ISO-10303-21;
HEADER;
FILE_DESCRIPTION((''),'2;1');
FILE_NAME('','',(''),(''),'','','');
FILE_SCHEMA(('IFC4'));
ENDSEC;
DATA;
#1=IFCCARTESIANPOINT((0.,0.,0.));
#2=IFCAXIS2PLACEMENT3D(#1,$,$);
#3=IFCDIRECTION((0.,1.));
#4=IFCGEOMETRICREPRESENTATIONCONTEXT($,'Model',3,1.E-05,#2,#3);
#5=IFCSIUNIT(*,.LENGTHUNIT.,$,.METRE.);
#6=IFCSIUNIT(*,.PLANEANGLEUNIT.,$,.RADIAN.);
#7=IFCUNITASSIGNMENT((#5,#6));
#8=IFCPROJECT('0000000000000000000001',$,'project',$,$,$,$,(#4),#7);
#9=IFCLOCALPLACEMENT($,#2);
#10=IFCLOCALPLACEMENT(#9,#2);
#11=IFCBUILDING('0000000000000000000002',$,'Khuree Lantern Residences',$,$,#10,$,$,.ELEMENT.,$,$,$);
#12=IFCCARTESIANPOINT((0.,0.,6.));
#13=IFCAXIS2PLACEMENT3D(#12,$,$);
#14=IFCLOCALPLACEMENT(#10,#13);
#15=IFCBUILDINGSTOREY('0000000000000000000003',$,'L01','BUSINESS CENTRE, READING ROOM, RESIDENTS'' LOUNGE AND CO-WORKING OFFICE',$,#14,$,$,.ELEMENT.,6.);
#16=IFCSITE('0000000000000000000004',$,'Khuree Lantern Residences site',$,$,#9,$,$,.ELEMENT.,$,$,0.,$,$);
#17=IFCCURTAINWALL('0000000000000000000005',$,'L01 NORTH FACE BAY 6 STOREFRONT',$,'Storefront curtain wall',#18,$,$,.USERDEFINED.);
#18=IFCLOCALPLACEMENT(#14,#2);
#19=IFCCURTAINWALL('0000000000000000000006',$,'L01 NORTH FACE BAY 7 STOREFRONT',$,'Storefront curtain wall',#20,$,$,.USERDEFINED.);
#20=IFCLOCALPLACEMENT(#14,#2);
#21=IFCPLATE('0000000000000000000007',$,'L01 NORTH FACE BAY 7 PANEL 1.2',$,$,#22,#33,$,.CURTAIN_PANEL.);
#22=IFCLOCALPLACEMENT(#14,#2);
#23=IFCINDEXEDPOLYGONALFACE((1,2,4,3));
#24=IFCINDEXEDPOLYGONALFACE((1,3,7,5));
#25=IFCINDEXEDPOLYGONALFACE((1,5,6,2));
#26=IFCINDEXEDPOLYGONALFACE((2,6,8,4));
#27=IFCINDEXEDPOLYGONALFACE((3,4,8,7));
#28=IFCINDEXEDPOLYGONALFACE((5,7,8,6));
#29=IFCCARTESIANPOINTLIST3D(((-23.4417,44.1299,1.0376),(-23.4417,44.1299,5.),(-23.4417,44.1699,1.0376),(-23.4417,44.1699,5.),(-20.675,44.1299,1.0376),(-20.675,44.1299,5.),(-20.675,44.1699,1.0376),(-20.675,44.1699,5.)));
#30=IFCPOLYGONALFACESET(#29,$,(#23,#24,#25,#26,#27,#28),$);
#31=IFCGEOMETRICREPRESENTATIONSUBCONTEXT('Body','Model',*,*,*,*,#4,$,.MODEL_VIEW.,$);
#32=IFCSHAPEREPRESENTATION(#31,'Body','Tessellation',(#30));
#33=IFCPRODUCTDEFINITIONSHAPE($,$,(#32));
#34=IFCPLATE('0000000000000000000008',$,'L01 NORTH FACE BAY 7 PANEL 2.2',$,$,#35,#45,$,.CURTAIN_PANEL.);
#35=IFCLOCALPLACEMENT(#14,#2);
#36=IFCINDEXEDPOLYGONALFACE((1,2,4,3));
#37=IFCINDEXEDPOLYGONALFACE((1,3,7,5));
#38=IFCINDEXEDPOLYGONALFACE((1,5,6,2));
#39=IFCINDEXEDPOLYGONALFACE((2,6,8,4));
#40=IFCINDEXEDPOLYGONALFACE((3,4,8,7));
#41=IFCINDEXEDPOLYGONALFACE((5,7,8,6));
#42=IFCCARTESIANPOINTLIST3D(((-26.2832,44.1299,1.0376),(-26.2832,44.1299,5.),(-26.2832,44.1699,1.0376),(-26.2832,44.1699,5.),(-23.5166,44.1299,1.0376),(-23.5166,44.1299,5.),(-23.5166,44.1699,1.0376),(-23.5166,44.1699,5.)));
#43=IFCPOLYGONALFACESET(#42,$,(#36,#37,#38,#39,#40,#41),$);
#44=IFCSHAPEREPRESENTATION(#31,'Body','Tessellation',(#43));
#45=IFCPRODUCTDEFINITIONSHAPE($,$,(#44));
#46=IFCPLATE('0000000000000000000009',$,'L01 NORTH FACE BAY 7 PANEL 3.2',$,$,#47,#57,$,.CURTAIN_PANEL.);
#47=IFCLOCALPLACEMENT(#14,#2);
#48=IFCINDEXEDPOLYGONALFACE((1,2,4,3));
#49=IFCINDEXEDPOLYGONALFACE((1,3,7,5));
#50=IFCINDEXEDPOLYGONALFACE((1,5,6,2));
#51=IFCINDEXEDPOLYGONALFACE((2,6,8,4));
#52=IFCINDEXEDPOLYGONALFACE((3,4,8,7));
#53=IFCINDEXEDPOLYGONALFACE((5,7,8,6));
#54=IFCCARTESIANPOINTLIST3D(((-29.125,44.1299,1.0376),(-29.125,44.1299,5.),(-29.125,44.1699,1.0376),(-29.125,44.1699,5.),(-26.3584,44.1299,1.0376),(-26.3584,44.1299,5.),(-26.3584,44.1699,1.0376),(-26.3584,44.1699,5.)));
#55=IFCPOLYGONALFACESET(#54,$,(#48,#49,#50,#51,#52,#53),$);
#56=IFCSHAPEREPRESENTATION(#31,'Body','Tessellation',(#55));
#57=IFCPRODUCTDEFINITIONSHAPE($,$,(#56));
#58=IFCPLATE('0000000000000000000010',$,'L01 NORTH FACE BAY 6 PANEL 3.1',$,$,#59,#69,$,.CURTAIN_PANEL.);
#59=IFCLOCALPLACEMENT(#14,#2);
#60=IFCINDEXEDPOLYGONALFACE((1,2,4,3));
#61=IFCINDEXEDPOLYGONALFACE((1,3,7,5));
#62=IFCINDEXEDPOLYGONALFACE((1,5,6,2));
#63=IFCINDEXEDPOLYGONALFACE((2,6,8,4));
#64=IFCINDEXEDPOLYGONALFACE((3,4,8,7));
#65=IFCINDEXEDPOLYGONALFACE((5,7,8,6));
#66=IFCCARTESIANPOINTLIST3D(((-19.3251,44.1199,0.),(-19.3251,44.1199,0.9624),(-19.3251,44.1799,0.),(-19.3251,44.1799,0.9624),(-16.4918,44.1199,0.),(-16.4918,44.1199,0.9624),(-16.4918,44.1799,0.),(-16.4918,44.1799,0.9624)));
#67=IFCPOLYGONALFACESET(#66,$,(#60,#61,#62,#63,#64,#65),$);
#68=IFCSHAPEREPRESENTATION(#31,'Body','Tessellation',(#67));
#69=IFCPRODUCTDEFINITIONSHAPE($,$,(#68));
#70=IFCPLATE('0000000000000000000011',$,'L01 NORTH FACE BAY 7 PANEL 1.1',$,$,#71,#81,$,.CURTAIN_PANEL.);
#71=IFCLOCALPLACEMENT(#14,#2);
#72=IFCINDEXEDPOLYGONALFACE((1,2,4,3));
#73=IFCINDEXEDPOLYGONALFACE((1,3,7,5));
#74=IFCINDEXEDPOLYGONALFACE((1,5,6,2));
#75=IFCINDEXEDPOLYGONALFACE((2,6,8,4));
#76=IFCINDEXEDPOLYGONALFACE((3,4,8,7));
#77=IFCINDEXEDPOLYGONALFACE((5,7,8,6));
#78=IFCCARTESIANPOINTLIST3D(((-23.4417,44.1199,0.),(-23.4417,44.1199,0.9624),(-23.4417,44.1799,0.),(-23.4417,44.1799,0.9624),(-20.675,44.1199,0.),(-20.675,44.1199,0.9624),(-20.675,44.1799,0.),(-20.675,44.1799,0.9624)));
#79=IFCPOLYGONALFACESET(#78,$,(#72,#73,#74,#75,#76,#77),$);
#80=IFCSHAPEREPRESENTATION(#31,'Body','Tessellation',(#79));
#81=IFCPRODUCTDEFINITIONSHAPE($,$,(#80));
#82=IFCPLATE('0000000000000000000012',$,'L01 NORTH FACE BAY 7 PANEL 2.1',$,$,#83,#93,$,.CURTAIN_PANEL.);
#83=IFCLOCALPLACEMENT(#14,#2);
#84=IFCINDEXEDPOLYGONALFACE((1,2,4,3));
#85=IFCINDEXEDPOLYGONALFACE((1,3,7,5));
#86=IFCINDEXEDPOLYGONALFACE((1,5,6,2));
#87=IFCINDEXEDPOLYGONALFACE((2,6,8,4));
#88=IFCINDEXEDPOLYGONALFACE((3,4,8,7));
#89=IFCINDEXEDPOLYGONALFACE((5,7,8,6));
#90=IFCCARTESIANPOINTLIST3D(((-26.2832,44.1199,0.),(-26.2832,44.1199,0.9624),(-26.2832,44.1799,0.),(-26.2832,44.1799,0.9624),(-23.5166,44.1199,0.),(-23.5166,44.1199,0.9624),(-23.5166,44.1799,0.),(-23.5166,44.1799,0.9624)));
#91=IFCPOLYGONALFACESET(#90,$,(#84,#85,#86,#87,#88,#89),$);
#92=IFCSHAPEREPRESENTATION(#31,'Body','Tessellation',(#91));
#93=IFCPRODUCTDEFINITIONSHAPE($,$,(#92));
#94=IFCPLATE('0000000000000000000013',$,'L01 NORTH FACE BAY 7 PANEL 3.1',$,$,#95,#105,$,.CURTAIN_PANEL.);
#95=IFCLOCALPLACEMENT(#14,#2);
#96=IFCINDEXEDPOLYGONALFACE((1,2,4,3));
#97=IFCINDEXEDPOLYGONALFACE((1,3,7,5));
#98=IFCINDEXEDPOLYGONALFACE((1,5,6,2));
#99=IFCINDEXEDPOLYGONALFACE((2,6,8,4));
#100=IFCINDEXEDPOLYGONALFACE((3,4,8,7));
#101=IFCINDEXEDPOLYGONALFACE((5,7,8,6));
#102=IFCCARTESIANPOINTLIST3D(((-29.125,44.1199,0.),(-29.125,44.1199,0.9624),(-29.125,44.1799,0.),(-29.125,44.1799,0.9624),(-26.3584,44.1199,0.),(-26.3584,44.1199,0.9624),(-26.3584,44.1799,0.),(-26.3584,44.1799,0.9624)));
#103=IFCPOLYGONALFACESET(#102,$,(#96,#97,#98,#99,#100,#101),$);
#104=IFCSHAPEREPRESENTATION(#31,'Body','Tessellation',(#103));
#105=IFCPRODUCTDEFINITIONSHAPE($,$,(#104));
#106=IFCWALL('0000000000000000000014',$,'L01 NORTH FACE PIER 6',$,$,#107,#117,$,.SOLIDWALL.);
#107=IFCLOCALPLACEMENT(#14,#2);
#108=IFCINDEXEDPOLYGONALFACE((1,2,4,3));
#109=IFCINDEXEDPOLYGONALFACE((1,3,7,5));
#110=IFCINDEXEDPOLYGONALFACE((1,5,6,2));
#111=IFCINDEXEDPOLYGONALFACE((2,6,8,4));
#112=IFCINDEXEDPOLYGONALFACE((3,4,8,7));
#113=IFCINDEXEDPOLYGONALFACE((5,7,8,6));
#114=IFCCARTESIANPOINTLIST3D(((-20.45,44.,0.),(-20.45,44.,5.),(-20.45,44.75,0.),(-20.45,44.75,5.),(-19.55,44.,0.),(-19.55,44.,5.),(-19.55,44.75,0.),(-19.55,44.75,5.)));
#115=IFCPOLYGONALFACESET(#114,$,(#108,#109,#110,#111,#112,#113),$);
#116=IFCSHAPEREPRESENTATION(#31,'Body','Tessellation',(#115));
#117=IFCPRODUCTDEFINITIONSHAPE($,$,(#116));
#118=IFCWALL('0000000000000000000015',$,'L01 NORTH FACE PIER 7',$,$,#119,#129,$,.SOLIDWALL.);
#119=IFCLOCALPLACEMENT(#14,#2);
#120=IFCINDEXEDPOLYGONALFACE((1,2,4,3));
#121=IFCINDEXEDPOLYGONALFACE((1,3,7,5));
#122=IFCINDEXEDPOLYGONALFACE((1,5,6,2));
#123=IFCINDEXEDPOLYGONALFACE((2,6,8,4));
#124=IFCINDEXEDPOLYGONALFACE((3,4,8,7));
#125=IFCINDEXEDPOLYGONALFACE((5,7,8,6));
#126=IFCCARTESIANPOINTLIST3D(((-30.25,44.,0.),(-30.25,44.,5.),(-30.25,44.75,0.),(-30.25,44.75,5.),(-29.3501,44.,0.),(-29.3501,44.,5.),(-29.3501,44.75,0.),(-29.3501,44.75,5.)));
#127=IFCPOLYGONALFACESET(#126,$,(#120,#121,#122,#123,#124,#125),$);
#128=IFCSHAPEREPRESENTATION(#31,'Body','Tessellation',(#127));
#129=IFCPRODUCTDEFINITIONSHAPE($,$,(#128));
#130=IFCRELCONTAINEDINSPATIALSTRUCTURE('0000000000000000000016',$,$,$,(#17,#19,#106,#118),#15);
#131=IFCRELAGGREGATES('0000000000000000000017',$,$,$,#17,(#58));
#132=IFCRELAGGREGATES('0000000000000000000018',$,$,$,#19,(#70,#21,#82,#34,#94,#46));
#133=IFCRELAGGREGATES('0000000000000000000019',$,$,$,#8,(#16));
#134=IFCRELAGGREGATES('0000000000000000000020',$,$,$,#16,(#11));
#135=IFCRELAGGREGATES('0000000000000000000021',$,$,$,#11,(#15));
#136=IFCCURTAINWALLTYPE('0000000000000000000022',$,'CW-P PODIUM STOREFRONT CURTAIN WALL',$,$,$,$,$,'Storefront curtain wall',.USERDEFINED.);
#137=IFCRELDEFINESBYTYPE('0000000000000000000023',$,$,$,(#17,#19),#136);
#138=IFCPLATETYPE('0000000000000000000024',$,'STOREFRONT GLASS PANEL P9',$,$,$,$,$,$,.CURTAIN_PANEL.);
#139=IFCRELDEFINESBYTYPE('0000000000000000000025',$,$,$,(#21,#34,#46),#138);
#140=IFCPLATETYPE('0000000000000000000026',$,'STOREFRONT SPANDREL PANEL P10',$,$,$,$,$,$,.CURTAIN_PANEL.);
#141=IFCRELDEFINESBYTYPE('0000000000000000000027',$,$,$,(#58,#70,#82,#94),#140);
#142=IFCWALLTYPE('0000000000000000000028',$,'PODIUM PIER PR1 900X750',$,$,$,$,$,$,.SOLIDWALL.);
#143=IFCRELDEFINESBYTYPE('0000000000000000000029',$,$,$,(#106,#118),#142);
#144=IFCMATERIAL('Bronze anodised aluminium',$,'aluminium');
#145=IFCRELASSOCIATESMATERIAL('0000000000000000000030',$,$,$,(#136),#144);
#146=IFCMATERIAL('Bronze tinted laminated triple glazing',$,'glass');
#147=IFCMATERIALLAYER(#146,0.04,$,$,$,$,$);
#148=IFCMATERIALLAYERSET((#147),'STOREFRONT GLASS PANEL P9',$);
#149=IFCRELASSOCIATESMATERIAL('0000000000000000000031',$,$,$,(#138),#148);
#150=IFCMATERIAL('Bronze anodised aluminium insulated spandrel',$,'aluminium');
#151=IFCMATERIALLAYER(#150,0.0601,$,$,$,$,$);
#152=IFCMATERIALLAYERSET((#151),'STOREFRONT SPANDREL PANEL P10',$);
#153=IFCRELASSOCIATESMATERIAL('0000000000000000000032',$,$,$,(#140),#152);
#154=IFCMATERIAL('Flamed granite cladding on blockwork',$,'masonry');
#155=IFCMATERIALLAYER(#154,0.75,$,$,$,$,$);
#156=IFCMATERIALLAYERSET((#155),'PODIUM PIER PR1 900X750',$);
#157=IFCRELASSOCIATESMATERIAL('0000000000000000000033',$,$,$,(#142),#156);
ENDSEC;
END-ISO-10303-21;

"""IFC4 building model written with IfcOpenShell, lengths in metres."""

from ifc_helpers import new_model, si_unit, direction, frame, frame_2d, origin, origin_2d, place, context, subcontext, project, spatial, rectangle, extrude, material, layer, layer_set, type_object, element, aggregate, save


model = new_model("IFC4")

# Units and contexts
model_context = context("Model", 3, precision=1e-05, world=origin(), true_north=direction((0.0, 1.0)))
body_context = subcontext(model_context, "Body", "Model", "MODEL_VIEW")
ifc_project = project(units=[si_unit("LENGTHUNIT", "METRE"), si_unit("PLANEANGLEUNIT", "RADIAN")], contexts=[model_context])

# Site, building, storey
site_placement = place(None, origin())
site = spatial("IfcSite", under=ifc_project, at=site_placement, Name="Khuree Lantern Residences site", CompositionType="ELEMENT", RefElevation=0.0)
building_placement = place(site_placement, origin())
building = spatial("IfcBuilding", under=site, at=building_placement, Name="Khuree Lantern Residences", CompositionType="ELEMENT")
storey_placement = place(building_placement, frame((0.0, 0.0, 6.0)))
storey = spatial("IfcBuildingStorey", under=building, at=storey_placement, Name="L01", Description="BUSINESS CENTRE, READING ROOM, RESIDENTS' LOUNGE AND CO-WORKING OFFICE", CompositionType="ELEMENT", Elevation=6.0)

# Curtain walls
ifc_material_1 = material(Name="Bronze anodised aluminium", Category="aluminium")
curtain_wall_type = type_object("IfcCurtainWallType", Name="CW-P PODIUM STOREFRONT CURTAIN WALL", ElementType="Storefront curtain wall", PredefinedType="USERDEFINED", material=ifc_material_1)
curtain_wall_1_placement = place(storey_placement, origin())
curtain_wall_1 = element("IfcCurtainWall", 1, at=curtain_wall_1_placement, inside=storey, type_object=curtain_wall_type, Name="L01 NORTH FACE BAY 6 STOREFRONT", ObjectType="Storefront curtain wall", PredefinedType="USERDEFINED")
curtain_wall_2_placement = place(storey_placement, origin())
curtain_wall_2 = element("IfcCurtainWall", 2, at=curtain_wall_2_placement, inside=storey, type_object=curtain_wall_type, Name="L01 NORTH FACE BAY 7 STOREFRONT", ObjectType="Storefront curtain wall", PredefinedType="USERDEFINED")

# Plates
ifc_material_2 = material(Name="Bronze tinted laminated triple glazing", Category="glass")
ifc_layer_1 = layer(ifc_material_2, 0.04)
ifc_layer_set_1 = layer_set([ifc_layer_1], Name="STOREFRONT GLASS PANEL P9")
plate_type_1 = type_object("IfcPlateType", Name="STOREFRONT GLASS PANEL P9", PredefinedType="CURTAIN_PANEL", material=ifc_layer_set_1)
plate_1_placement = place(storey_placement, frame((-22.0583, 44.1499, 1.0376), z_axis=(0.0, 0.0, 1.0), x_axis=(-1.0, 0.0, 0.0)))
plate_1 = element("IfcPlate", 3, at=plate_1_placement, type_object=plate_type_1, Name="L01 NORTH FACE BAY 7 PANEL 1.2", PredefinedType="CURTAIN_PANEL", context=body_context, shape_type="SweptSolid", body=[
    extrude(rectangle(XDim=2.7666, YDim=0.04, at=origin_2d()), origin(), (0.0, 0.0, 1.0), 3.9624),
])
plate_2_placement = place(storey_placement, frame((-24.8999, 44.1499, 1.0376), z_axis=(0.0, 0.0, 1.0), x_axis=(-1.0, 0.0, 0.0)))
plate_2 = element("IfcPlate", 4, at=plate_2_placement, type_object=plate_type_1, Name="L01 NORTH FACE BAY 7 PANEL 2.2", PredefinedType="CURTAIN_PANEL", context=body_context, shape_type="SweptSolid", body=[
    extrude(rectangle(XDim=2.7666, YDim=0.04, at=origin_2d()), origin(), (0.0, 0.0, 1.0), 3.9624),
])
plate_3_placement = place(storey_placement, frame((-27.7417, 44.1499, 1.0376), z_axis=(0.0, 0.0, 1.0), x_axis=(-1.0, 0.0, 0.0)))
plate_3 = element("IfcPlate", 5, at=plate_3_placement, type_object=plate_type_1, Name="L01 NORTH FACE BAY 7 PANEL 3.2", PredefinedType="CURTAIN_PANEL", context=body_context, shape_type="SweptSolid", body=[
    extrude(rectangle(XDim=2.7666, YDim=0.04, at=origin_2d()), origin(), (0.0, 0.0, 1.0), 3.9624),
])
ifc_material_3 = material(Name="Bronze anodised aluminium insulated spandrel", Category="aluminium")
ifc_layer_2 = layer(ifc_material_3, 0.0601)
ifc_layer_set_2 = layer_set([ifc_layer_2], Name="STOREFRONT SPANDREL PANEL P10")
plate_type_2 = type_object("IfcPlateType", Name="STOREFRONT SPANDREL PANEL P10", PredefinedType="CURTAIN_PANEL", material=ifc_layer_set_2)
plate_4_placement = place(storey_placement, frame((-17.9084, 44.1499, 0.0), z_axis=(0.0, 0.0, 1.0), x_axis=(-1.0, 0.0, 0.0)))
plate_4 = element("IfcPlate", 6, at=plate_4_placement, type_object=plate_type_2, Name="L01 NORTH FACE BAY 6 PANEL 3.1", PredefinedType="CURTAIN_PANEL", context=body_context, shape_type="SweptSolid", body=[
    extrude(rectangle(XDim=2.8333, YDim=0.0601, at=origin_2d()), origin(), (0.0, 0.0, 1.0), 0.9624),
])
aggregate(curtain_wall_1, [plate_4])
plate_5_placement = place(storey_placement, frame((-22.0583, 44.1499, 0.0), z_axis=(0.0, 0.0, 1.0), x_axis=(-1.0, 0.0, 0.0)))
plate_5 = element("IfcPlate", 7, at=plate_5_placement, type_object=plate_type_2, Name="L01 NORTH FACE BAY 7 PANEL 1.1", PredefinedType="CURTAIN_PANEL", context=body_context, shape_type="SweptSolid", body=[
    extrude(rectangle(XDim=2.7666, YDim=0.0601, at=origin_2d()), origin(), (0.0, 0.0, 1.0), 0.9624),
])
plate_6_placement = place(storey_placement, frame((-24.8999, 44.1499, 0.0), z_axis=(0.0, 0.0, 1.0), x_axis=(-1.0, 0.0, 0.0)))
plate_6 = element("IfcPlate", 8, at=plate_6_placement, type_object=plate_type_2, Name="L01 NORTH FACE BAY 7 PANEL 2.1", PredefinedType="CURTAIN_PANEL", context=body_context, shape_type="SweptSolid", body=[
    extrude(rectangle(XDim=2.7666, YDim=0.0601, at=origin_2d()), origin(), (0.0, 0.0, 1.0), 0.9624),
])
plate_7_placement = place(storey_placement, frame((-27.7417, 44.1499, 0.0), z_axis=(0.0, 0.0, 1.0), x_axis=(-1.0, 0.0, 0.0)))
plate_7 = element("IfcPlate", 9, at=plate_7_placement, type_object=plate_type_2, Name="L01 NORTH FACE BAY 7 PANEL 3.1", PredefinedType="CURTAIN_PANEL", context=body_context, shape_type="SweptSolid", body=[
    extrude(rectangle(XDim=2.7666, YDim=0.0601, at=origin_2d()), origin(), (0.0, 0.0, 1.0), 0.9624),
])
aggregate(curtain_wall_2, [plate_5, plate_1, plate_6, plate_2, plate_7, plate_3])

# Walls
ifc_material_4 = material(Name="Flamed granite cladding on blockwork", Category="masonry")
ifc_layer_3 = layer(ifc_material_4, 0.75)
ifc_layer_set_3 = layer_set([ifc_layer_3], Name="PODIUM PIER PR1 900X750")
wall_type = type_object("IfcWallType", Name="PODIUM PIER PR1 900X750", PredefinedType="SOLIDWALL", material=ifc_layer_set_3)
for number, where, z_axis, x_axis, name in (
    (10, (-19.55, 44.375, 0.0), (0.0, 0.0, 1.0), (-1.0, 0.0, 0.0), "L01 NORTH FACE PIER 6"),
    (11, (-29.3501, 44.375, 0.0), (0.0, 0.0, 1.0), (-1.0, 0.0, 0.0), "L01 NORTH FACE PIER 7"),
):
    element("IfcWall", number, at=place(storey_placement, frame(where, z_axis=z_axis, x_axis=x_axis)), inside=storey, type_object=wall_type, Name=name, PredefinedType="SOLIDWALL", context=body_context, shape_type="SweptSolid", body=[
        extrude(rectangle(XDim=0.8999, YDim=0.75, at=frame_2d((0.45, 0.0))), origin(), (0.0, 0.0, 1.0), 5.0),
    ])

save(model, "model.ifc")
